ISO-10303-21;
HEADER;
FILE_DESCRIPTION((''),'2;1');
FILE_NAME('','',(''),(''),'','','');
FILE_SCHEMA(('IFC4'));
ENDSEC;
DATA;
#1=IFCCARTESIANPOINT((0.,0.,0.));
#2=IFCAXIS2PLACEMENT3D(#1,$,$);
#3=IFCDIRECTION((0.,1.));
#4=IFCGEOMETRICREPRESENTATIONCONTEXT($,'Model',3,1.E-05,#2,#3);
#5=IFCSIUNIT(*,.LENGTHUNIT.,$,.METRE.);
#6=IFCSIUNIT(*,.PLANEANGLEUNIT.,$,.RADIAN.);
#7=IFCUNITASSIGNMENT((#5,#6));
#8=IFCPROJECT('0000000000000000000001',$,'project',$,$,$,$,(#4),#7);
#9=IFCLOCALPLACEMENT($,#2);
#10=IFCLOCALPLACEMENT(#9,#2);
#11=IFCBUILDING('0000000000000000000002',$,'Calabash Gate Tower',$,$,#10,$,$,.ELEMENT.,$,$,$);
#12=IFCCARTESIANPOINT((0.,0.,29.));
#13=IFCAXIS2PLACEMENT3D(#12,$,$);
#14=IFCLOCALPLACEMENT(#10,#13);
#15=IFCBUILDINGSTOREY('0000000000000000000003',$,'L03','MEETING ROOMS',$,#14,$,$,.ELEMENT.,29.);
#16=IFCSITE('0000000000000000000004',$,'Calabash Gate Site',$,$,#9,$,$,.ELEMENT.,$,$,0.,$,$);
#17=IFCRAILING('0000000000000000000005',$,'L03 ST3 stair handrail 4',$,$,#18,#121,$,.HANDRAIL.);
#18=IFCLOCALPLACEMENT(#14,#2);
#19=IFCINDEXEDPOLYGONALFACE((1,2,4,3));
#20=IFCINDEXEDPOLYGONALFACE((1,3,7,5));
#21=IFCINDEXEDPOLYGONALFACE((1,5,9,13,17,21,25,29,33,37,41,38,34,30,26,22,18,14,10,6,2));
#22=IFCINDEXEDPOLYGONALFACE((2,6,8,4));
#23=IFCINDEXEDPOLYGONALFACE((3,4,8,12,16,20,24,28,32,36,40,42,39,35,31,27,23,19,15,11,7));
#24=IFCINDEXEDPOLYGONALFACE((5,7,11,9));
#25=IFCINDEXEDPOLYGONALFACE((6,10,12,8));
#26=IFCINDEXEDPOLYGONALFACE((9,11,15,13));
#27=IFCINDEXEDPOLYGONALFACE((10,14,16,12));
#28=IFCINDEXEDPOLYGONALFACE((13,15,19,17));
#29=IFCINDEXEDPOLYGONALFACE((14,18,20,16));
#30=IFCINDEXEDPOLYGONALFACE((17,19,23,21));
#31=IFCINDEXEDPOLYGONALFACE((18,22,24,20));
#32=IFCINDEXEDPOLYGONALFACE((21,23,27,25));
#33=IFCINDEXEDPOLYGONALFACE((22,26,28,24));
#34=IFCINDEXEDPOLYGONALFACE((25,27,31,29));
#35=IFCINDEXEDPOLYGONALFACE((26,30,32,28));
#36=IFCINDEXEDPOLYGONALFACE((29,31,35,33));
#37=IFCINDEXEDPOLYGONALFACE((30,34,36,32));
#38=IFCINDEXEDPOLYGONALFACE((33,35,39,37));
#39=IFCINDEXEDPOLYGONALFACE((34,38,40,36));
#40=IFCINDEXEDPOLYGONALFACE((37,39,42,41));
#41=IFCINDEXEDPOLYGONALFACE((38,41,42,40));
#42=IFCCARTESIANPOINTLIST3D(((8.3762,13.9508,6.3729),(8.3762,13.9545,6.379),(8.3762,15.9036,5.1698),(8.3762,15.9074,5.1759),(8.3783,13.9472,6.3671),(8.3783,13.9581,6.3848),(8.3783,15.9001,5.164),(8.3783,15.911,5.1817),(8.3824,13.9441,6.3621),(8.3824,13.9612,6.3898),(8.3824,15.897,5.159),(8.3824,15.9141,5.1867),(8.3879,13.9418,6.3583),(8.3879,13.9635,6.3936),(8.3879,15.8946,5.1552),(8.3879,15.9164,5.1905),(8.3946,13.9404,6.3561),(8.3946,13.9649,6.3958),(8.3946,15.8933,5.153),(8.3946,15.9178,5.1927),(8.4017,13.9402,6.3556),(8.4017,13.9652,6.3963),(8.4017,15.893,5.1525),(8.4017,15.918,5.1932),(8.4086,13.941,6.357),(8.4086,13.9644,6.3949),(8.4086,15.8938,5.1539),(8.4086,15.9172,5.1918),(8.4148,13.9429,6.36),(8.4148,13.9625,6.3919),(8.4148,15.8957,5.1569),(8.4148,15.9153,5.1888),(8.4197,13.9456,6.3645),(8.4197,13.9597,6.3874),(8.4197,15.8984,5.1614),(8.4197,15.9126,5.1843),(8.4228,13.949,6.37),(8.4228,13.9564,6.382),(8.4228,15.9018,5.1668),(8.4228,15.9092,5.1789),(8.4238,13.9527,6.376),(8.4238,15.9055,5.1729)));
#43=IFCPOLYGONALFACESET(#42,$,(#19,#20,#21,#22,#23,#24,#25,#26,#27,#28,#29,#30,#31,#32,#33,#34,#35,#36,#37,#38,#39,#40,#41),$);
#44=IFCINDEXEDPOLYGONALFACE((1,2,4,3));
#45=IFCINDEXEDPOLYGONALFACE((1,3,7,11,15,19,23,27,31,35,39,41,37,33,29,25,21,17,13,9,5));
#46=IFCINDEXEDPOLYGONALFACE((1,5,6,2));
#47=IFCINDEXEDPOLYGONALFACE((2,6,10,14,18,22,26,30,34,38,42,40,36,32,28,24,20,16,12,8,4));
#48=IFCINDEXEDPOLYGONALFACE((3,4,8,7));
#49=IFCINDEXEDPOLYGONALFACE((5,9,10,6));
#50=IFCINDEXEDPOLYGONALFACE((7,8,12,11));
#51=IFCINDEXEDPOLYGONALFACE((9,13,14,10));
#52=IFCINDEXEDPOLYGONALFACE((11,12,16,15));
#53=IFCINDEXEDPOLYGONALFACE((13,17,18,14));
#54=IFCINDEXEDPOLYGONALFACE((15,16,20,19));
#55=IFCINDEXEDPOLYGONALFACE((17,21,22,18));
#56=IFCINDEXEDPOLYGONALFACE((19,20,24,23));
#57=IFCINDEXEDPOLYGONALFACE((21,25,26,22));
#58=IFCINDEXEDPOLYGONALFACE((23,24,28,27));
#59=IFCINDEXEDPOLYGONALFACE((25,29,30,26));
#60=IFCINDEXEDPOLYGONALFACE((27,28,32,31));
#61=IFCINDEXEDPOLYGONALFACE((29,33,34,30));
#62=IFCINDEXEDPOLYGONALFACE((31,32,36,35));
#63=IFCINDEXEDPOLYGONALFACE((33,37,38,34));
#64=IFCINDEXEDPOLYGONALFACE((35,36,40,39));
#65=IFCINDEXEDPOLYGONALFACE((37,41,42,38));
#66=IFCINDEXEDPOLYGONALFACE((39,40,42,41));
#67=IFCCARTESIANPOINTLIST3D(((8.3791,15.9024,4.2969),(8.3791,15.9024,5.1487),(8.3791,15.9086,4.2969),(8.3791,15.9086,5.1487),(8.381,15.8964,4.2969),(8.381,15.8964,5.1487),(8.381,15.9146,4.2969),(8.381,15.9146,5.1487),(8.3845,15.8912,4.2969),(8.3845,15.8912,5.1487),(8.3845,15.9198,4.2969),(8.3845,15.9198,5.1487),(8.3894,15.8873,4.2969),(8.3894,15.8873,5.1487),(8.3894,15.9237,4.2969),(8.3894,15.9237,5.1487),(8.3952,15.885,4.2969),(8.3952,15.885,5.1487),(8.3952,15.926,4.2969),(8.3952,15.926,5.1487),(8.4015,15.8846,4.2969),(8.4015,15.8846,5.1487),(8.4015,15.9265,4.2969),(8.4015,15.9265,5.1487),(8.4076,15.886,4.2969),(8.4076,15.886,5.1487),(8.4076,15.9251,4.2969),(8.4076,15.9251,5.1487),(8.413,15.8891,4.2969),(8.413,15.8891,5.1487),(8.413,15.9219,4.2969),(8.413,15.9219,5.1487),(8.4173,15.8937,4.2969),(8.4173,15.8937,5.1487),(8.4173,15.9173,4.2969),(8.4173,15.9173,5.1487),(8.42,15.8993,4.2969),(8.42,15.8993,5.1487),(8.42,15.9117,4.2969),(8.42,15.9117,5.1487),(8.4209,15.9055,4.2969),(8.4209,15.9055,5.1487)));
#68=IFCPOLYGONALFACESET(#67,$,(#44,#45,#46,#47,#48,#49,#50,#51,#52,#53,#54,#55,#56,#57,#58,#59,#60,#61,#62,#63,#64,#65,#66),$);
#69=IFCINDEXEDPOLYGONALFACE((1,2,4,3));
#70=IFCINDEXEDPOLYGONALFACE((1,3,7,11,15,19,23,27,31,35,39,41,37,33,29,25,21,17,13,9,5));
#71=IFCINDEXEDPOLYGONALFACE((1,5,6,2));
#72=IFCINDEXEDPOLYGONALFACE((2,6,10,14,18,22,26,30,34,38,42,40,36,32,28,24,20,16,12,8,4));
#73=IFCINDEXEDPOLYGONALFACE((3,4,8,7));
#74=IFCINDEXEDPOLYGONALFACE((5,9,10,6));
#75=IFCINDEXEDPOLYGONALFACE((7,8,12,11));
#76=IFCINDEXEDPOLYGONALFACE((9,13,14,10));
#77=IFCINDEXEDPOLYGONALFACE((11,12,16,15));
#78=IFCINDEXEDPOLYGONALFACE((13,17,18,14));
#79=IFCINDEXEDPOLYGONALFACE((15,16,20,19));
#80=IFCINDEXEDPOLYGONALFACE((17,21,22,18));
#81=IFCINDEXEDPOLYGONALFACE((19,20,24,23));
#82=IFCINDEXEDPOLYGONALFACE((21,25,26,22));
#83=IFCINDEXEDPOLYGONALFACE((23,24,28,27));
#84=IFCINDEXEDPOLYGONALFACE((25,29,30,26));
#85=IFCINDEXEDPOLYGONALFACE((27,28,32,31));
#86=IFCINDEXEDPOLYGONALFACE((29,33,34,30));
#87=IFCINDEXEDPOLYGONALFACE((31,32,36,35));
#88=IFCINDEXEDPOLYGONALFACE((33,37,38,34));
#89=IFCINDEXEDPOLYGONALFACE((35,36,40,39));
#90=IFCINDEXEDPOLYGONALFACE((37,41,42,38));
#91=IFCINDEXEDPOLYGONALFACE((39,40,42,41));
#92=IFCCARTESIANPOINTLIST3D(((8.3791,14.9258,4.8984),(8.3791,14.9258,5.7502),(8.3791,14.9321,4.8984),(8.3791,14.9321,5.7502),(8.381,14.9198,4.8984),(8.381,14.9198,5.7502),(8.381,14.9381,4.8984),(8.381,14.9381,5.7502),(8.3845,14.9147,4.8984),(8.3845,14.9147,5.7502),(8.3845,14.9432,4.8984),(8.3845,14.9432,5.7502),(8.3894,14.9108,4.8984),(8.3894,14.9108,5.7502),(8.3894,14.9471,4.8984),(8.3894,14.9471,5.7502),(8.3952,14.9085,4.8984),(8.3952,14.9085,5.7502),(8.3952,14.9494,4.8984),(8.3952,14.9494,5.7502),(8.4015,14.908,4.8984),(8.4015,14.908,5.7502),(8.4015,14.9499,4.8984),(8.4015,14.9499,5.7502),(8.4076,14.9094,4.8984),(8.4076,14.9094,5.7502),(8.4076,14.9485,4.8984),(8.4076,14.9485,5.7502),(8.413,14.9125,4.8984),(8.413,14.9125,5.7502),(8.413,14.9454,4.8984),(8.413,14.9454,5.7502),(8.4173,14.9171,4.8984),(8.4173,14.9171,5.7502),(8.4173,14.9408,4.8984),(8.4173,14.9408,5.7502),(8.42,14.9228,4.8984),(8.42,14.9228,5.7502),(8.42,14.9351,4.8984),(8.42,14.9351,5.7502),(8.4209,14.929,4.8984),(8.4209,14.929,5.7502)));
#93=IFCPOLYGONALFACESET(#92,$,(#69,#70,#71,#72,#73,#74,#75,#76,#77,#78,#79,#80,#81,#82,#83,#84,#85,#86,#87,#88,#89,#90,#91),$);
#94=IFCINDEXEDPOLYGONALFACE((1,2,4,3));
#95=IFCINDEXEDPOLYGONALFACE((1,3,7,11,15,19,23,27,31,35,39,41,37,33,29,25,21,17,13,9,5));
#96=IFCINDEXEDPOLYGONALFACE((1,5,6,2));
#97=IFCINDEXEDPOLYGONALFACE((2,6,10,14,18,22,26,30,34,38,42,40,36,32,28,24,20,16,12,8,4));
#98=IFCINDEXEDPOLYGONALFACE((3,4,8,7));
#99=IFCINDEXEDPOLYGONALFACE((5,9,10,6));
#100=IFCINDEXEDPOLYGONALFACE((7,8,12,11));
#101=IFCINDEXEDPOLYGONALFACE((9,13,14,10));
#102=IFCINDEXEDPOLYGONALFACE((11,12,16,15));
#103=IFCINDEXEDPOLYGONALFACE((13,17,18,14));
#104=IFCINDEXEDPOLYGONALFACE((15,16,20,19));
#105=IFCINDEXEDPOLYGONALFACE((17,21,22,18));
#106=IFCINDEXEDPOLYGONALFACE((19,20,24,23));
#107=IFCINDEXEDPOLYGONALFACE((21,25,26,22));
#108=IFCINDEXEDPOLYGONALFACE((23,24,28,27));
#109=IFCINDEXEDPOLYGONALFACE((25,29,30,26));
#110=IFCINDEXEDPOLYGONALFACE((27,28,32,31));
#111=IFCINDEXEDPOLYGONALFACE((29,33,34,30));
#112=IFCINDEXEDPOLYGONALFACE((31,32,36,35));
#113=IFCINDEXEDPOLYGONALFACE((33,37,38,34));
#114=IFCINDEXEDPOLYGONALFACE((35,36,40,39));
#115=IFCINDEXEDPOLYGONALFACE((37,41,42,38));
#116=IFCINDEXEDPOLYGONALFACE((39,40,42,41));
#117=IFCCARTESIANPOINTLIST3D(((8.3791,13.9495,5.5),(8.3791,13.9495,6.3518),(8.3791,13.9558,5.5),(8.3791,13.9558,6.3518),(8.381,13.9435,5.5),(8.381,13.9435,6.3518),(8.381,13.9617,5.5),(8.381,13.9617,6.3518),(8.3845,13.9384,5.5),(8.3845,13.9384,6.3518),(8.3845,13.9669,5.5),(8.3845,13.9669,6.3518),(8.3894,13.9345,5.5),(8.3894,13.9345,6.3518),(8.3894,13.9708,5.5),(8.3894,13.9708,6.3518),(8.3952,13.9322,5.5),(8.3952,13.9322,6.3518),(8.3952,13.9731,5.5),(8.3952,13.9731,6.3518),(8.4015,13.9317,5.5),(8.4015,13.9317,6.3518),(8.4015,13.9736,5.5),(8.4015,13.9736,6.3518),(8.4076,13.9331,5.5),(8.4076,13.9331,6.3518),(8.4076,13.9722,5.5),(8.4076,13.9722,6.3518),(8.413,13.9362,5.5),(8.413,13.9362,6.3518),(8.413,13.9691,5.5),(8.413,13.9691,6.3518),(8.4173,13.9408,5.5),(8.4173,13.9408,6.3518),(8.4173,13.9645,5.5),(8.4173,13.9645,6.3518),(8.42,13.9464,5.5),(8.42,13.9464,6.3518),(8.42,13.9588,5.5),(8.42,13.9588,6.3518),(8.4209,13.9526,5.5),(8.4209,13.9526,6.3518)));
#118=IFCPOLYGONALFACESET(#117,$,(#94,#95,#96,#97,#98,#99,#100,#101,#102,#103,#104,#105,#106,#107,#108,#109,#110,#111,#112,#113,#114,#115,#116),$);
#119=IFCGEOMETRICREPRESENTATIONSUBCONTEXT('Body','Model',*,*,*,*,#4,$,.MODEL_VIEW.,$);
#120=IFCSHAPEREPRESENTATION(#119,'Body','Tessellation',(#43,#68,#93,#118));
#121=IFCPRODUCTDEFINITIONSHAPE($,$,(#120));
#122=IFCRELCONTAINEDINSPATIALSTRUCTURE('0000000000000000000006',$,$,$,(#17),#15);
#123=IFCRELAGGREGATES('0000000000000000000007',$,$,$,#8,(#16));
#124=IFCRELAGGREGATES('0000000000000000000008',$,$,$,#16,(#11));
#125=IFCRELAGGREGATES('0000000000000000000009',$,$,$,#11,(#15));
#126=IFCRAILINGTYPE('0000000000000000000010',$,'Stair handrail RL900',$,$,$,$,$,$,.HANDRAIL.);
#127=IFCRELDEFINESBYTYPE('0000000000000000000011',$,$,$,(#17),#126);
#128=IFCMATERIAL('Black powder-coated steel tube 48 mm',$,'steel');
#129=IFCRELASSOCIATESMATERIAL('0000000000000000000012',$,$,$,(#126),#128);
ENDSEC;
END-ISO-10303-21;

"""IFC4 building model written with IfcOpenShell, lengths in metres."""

from ifc_helpers import new_model, si_unit, direction, frame, origin, origin_2d, place, context, subcontext, project, spatial, circle, extrude, material, type_object, element, save


model = new_model("IFC4")

# Units and contexts
model_context = context("Model", 3, precision=1e-05, world=origin(), true_north=direction((0.0, 1.0)))
body_context = subcontext(model_context, "Body", "Model", "MODEL_VIEW")
ifc_project = project(units=[si_unit("LENGTHUNIT", "METRE"), si_unit("PLANEANGLEUNIT", "RADIAN")], contexts=[model_context])

# Site, building, storey
site_placement = place(None, origin())
site = spatial("IfcSite", under=ifc_project, at=site_placement, Name="Calabash Gate Site", CompositionType="ELEMENT", RefElevation=0.0)
building_placement = place(site_placement, origin())
building = spatial("IfcBuilding", under=site, at=building_placement, Name="Calabash Gate Tower", CompositionType="ELEMENT")
storey_placement = place(building_placement, frame((0.0, 0.0, 29.0)))
storey = spatial("IfcBuildingStorey", under=building, at=storey_placement, Name="L03", Description="MEETING ROOMS", CompositionType="ELEMENT", Elevation=29.0)

# Railing
ifc_material_1 = material(Name="Black powder-coated steel tube 48 mm", Category="steel")
railing_type = type_object("IfcRailingType", Name="Stair handrail RL900", PredefinedType="HANDRAIL", material=ifc_material_1)
railing_1_placement = place(storey_placement, frame((8.3999, 15.9055, 4.2969)))
element("IfcRailing", 1, at=railing_1_placement, inside=storey, type_object=railing_type, Name="L03 ST3 stair handrail 4", PredefinedType="HANDRAIL", context=body_context, shape_type="SweptSolid", body=[
    extrude(circle(Radius=0.0239, at=origin_2d()), frame((0.0, 0.0, 0.876), z_axis=(0.0, -0.851395, 0.524525), x_axis=(1.0, 0.0, 0.0)), (0.0, 0.0, 1.0), 2.2937),
    extrude(circle(Radius=0.021, at=origin_2d()), origin(), (0.0, 0.0, 1.0), 0.8518),
    extrude(circle(Radius=0.021, at=origin_2d()), frame((0.0, -0.9766, 0.6016)), (0.0, 0.0, 1.0), 0.8518),
    extrude(circle(Radius=0.021, at=origin_2d()), frame((0.0, -1.9529, 1.2031)), (0.0, 0.0, 1.0), 0.8518),
])

save(model, "model.ifc")
